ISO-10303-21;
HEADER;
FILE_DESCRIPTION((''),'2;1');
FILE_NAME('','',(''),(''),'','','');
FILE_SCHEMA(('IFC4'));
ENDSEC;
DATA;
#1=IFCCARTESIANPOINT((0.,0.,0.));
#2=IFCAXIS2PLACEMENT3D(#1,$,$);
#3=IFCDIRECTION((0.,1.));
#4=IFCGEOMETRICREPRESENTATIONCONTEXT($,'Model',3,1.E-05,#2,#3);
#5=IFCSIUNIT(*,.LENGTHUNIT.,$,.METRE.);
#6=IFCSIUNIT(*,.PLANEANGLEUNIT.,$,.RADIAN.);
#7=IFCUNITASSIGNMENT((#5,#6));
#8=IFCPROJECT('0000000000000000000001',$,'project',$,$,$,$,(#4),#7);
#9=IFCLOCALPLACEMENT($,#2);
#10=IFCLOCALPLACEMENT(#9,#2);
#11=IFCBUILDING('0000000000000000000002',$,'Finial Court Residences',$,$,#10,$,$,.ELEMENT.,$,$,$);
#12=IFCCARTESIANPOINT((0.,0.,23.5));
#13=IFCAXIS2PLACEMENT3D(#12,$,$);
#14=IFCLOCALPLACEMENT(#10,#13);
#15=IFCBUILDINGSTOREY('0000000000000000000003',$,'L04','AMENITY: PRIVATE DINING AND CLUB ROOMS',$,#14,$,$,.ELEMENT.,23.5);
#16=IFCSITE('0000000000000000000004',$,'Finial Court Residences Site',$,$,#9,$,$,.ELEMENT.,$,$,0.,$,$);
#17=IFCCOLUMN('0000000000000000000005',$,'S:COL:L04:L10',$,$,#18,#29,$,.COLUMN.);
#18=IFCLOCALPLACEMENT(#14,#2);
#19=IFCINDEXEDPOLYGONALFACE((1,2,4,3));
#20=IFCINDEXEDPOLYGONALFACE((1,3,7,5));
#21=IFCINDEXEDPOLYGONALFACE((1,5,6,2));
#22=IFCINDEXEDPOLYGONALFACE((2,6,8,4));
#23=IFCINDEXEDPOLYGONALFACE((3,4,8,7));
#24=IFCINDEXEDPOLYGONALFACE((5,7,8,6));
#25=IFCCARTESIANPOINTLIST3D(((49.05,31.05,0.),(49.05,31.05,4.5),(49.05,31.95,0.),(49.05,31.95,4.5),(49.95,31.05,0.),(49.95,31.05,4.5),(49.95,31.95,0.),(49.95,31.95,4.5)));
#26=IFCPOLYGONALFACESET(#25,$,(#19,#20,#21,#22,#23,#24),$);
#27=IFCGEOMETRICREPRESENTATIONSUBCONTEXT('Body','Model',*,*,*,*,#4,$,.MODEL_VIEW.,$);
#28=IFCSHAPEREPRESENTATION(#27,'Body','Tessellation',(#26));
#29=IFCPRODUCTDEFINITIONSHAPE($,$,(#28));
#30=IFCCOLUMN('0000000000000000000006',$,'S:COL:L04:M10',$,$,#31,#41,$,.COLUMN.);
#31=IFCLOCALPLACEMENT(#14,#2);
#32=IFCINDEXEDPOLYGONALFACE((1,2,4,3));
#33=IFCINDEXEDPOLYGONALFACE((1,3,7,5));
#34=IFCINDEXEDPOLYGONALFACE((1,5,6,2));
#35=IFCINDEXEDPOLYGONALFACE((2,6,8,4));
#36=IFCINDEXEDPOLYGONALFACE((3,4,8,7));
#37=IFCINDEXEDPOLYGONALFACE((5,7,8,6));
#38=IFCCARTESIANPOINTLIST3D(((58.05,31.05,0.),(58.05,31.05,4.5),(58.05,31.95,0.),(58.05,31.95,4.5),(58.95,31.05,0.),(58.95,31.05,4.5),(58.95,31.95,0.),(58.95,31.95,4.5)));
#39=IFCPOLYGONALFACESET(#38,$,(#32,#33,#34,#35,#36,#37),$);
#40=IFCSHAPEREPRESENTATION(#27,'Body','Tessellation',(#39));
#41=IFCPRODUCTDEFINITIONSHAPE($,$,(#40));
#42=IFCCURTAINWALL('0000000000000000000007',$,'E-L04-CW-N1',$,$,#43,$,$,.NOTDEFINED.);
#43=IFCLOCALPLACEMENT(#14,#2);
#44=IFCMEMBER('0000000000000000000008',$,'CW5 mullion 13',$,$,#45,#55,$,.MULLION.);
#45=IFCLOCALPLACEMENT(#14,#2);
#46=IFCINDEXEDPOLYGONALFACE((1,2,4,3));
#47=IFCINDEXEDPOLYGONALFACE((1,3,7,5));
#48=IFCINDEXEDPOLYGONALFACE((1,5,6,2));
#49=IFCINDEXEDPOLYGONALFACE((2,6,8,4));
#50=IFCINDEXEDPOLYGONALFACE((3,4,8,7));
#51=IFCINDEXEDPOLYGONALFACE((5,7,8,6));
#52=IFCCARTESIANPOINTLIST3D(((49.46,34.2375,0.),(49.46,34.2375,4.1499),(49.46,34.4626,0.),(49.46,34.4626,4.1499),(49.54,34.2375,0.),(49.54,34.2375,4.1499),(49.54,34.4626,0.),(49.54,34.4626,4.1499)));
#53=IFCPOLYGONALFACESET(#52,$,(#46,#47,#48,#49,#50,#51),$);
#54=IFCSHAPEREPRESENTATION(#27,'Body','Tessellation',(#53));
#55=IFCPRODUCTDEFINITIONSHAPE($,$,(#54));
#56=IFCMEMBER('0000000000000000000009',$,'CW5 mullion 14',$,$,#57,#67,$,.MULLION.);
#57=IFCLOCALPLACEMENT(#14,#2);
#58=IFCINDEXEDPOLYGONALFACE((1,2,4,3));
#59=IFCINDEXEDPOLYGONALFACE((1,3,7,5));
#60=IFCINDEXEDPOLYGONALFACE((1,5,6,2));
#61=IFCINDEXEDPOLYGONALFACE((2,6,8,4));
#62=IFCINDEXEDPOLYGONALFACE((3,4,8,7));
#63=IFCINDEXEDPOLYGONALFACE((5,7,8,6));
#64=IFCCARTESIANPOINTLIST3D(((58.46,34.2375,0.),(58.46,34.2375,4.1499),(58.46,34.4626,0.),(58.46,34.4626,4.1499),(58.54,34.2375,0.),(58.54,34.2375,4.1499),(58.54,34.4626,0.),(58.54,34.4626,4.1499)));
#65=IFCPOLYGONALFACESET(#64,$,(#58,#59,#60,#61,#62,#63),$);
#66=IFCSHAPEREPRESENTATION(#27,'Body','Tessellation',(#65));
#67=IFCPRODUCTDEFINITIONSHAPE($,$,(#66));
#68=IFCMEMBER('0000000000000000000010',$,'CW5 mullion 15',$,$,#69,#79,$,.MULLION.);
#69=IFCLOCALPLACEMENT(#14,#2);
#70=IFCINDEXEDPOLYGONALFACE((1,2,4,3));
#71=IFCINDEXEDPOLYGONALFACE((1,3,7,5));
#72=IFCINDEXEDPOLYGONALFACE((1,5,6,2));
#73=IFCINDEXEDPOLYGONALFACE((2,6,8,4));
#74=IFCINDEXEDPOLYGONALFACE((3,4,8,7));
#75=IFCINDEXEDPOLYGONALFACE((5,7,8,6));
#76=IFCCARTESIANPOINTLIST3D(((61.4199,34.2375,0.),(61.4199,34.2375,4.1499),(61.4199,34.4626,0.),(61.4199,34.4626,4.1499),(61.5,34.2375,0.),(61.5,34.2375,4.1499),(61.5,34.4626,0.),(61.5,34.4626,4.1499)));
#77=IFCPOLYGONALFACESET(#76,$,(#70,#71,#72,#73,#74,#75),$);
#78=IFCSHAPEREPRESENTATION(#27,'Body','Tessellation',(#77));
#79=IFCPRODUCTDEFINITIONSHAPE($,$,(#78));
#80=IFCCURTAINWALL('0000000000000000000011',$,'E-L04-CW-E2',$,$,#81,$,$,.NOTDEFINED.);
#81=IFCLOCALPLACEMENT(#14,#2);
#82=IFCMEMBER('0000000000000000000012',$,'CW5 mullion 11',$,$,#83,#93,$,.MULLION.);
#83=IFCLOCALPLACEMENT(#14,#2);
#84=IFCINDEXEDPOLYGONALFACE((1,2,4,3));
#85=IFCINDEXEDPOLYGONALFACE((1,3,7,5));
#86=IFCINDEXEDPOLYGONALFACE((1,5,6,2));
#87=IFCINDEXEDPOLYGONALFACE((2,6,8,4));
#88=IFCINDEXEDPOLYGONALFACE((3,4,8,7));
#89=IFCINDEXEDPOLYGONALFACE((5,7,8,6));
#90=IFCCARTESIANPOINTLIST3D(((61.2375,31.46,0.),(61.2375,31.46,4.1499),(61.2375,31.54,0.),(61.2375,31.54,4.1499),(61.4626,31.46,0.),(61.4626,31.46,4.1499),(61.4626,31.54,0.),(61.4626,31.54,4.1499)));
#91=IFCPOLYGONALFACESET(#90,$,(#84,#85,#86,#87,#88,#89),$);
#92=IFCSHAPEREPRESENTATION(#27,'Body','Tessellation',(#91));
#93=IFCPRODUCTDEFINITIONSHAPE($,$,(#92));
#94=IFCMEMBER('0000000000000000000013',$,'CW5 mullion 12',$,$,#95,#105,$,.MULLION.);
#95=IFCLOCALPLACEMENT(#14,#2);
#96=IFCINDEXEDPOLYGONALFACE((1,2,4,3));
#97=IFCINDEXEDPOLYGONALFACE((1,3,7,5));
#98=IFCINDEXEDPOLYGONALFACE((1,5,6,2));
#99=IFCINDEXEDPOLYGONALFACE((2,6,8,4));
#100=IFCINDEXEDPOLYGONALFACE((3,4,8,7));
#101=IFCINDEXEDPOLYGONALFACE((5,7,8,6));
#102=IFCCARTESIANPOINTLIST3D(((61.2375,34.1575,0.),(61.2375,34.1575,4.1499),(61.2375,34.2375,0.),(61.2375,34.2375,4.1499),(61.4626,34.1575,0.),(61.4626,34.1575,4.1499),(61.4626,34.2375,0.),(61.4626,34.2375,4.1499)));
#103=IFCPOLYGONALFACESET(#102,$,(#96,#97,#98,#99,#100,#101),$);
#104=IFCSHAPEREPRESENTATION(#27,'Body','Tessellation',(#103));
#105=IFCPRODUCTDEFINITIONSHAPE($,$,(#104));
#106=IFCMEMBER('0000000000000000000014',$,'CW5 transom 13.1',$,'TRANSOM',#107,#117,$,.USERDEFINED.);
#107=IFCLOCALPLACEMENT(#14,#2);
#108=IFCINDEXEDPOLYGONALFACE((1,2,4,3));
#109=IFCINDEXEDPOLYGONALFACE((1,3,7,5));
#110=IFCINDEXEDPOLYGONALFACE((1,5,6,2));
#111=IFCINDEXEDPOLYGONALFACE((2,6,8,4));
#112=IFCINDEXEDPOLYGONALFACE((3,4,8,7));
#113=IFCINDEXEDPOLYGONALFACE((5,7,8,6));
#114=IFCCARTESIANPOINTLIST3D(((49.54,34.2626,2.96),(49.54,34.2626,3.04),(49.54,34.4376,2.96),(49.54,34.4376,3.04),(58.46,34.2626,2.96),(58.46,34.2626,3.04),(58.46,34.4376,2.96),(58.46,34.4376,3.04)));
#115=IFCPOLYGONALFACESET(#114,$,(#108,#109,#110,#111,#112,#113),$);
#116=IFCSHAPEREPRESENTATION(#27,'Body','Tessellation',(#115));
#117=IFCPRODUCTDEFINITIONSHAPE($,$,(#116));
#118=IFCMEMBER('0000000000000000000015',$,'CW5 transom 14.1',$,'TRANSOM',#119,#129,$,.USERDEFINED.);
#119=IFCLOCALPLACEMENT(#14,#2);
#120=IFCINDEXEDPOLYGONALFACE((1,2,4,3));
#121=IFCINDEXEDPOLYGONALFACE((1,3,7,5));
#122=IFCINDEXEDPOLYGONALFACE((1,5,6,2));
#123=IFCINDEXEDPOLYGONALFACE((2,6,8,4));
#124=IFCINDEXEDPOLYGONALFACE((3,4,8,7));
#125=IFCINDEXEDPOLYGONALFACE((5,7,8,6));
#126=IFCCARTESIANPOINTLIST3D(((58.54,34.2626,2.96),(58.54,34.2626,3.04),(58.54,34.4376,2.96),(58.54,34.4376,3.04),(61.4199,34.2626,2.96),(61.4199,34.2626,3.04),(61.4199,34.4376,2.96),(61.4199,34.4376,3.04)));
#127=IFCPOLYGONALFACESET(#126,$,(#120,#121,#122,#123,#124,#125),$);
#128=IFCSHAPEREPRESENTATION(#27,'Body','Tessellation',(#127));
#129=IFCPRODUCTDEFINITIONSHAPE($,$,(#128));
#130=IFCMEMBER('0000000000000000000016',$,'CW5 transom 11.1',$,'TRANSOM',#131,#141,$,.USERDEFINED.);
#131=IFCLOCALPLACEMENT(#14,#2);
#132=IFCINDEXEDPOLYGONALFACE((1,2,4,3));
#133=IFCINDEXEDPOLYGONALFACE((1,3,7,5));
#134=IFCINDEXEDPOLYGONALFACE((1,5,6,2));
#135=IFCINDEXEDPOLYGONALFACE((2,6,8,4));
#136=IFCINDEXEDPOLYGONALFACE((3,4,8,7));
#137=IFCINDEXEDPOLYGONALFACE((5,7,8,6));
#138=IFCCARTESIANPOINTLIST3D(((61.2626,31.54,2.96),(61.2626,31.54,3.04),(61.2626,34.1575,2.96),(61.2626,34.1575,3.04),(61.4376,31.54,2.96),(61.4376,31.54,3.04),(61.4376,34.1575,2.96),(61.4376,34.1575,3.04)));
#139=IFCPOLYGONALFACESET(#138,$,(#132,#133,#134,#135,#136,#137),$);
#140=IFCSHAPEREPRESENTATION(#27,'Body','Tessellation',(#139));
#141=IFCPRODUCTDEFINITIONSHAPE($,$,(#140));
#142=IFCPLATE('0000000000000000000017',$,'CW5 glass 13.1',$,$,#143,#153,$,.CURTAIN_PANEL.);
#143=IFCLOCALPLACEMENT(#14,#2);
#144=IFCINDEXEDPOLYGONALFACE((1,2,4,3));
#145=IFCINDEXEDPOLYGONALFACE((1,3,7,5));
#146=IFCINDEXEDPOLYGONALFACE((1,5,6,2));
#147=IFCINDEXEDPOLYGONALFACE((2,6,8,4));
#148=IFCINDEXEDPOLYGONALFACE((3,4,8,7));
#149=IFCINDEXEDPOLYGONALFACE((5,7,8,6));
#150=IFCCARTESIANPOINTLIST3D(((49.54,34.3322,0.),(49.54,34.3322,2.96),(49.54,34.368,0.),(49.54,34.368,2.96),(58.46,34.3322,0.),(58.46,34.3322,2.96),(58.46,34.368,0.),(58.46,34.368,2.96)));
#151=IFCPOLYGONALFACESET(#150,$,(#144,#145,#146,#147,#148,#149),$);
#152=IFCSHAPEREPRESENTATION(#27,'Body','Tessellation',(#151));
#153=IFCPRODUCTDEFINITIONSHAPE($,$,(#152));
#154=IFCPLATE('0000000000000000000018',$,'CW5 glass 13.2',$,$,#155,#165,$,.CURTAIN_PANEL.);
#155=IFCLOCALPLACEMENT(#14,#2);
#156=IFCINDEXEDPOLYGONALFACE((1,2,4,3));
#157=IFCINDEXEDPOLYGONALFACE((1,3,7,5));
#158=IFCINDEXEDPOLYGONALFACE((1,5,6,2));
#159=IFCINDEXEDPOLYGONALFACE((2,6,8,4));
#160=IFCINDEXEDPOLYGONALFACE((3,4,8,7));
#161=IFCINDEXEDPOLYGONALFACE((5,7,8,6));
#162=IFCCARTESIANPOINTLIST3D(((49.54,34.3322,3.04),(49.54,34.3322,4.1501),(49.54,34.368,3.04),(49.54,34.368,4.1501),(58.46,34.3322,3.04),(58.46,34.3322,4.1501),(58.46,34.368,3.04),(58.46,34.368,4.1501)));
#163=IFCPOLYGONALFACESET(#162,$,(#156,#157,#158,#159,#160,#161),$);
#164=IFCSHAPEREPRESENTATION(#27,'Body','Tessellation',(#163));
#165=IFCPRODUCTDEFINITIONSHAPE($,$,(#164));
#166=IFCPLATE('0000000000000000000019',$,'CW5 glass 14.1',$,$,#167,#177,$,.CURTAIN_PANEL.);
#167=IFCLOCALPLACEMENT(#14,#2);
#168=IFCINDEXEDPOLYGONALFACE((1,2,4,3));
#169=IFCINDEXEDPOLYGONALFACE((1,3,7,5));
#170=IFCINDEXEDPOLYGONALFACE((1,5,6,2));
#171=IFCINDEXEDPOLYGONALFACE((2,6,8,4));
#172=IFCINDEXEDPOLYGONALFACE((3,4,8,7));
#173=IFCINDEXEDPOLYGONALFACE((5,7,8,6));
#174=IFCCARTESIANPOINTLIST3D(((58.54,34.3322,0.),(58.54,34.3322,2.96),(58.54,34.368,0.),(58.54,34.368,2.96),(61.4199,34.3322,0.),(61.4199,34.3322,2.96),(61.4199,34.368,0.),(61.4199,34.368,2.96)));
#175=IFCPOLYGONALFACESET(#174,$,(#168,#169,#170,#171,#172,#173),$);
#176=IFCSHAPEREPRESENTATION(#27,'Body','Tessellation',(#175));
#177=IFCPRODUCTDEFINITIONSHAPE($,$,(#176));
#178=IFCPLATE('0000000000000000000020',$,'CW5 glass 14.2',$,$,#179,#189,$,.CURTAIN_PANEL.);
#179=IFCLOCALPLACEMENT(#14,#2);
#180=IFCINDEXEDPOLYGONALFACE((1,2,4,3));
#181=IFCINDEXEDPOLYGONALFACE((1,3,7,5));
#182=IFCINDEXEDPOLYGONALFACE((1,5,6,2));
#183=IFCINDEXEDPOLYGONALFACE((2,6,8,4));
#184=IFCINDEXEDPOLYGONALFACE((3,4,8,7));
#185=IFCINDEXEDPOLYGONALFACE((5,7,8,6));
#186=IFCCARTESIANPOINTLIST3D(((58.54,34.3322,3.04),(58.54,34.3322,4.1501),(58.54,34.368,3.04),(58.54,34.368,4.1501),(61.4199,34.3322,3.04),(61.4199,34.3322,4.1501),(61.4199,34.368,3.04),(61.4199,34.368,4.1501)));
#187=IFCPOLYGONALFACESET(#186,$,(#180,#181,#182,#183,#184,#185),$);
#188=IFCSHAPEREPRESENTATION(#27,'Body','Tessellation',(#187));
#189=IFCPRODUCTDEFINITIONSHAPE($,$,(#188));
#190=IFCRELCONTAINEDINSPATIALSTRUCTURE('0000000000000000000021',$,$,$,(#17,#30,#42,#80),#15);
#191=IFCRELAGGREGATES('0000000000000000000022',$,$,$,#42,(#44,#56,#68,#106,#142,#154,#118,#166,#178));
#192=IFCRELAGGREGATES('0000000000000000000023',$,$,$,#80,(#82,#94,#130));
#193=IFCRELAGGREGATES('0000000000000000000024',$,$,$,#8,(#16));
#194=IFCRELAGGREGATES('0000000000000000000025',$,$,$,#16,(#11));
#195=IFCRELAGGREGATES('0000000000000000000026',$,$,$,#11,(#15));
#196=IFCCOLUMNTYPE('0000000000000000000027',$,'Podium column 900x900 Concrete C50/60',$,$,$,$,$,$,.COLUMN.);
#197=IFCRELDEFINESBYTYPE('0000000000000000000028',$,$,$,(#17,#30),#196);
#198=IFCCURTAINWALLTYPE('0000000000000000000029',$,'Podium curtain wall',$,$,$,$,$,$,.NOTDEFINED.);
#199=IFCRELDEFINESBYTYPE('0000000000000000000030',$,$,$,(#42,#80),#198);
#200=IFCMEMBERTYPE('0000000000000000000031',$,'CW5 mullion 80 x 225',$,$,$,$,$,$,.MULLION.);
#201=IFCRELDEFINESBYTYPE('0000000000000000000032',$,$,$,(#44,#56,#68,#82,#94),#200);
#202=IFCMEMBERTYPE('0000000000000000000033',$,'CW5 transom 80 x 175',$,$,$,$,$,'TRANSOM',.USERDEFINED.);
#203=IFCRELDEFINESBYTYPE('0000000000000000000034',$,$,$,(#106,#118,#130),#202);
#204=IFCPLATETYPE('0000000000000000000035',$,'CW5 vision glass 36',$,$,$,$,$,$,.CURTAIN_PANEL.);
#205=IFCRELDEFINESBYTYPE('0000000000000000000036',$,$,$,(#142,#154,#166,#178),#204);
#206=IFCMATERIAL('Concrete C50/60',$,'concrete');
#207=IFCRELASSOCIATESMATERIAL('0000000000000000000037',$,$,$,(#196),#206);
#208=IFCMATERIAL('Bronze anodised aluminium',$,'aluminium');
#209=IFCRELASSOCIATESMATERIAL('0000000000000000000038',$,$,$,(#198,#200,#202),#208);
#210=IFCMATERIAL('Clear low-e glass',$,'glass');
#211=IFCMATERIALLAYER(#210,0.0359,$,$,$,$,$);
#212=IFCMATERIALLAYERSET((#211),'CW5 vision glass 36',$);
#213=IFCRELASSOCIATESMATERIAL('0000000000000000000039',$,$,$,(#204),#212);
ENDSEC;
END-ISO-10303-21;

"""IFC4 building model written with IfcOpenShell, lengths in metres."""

from ifc_helpers import new_model, si_unit, direction, frame, origin, origin_2d, place, context, subcontext, project, spatial, rectangle, extrude, material, layer, layer_set, material_profile, profile_set, type_object, element, aggregate, save


model = new_model("IFC4")

# Units and contexts
model_context = context("Model", 3, precision=1e-05, world=origin(), true_north=direction((0.0, 1.0)))
body_context = subcontext(model_context, "Body", "Model", "MODEL_VIEW")
ifc_project = project(units=[si_unit("LENGTHUNIT", "METRE"), si_unit("PLANEANGLEUNIT", "RADIAN")], contexts=[model_context])

# Site, building, storey
site_placement = place(None, origin())
site = spatial("IfcSite", under=ifc_project, at=site_placement, Name="Finial Court Residences Site", CompositionType="ELEMENT", RefElevation=0.0)
building_placement = place(site_placement, origin())
building = spatial("IfcBuilding", under=site, at=building_placement, Name="Finial Court Residences", CompositionType="ELEMENT")
storey_placement = place(building_placement, frame((0.0, 0.0, 23.5)))
storey = spatial("IfcBuildingStorey", under=building, at=storey_placement, Name="L04", Description="AMENITY: PRIVATE DINING AND CLUB ROOMS", CompositionType="ELEMENT", Elevation=23.5)

# Columns
ifc_material_1 = material(Name="Concrete C50/60", Category="concrete")
ifc_material_profile_1 = material_profile(ifc_material_1, rectangle(XDim=0.8999, YDim=0.8999, at=origin_2d()), Name="900x900")
ifc_profile_set_1 = profile_set([ifc_material_profile_1], Name="Concrete C50/60")
column_type = type_object("IfcColumnType", Name="Podium column 900x900 Concrete C50/60", PredefinedType="COLUMN", material=ifc_profile_set_1)
for number, where, z_axis, x_axis, name in (
    (1, (49.5, 31.5, 0.0), (0.0, 0.0, 1.0), (1.0, 0.0, 0.0), "S:COL:L04:L10"),
    (2, (58.5, 31.5, 0.0), (0.0, 0.0, 1.0), (1.0, 0.0, 0.0), "S:COL:L04:M10"),
):
    element("IfcColumn", number, at=place(storey_placement, frame(where, z_axis=z_axis, x_axis=x_axis)), inside=storey, type_object=column_type, Name=name, PredefinedType="COLUMN", context=body_context, shape_type="SweptSolid", body=[
        extrude(rectangle(XDim=0.8999, YDim=0.8999, at=origin_2d()), origin(), (0.0, 0.0, 1.0), 4.5),
    ])

# Curtain walls, members
ifc_material_2 = material(Name="Bronze anodised aluminium", Category="aluminium")
curtain_wall_type = type_object("IfcCurtainWallType", Name="Podium curtain wall", PredefinedType="NOTDEFINED", material=ifc_material_2)
curtain_wall_1_placement = place(storey_placement, origin())
curtain_wall_1 = element("IfcCurtainWall", 3, at=curtain_wall_1_placement, inside=storey, type_object=curtain_wall_type, Name="E-L04-CW-N1", PredefinedType="NOTDEFINED")
ifc_material_profile_2 = material_profile(ifc_material_2, rectangle(XDim=0.2251, YDim=0.0801, at=origin_2d()), Name="CW5 mullion 80 x 225")
ifc_profile_set_2 = profile_set([ifc_material_profile_2], Name="Bronze anodised aluminium")
member_type_1 = type_object("IfcMemberType", Name="CW5 mullion 80 x 225", PredefinedType="MULLION", material=ifc_profile_set_2)
member_1_placement = place(storey_placement, frame((49.5, 34.3501, 0.0), z_axis=(0.0, 0.0, 1.0), x_axis=(0.0, 1.0, 0.0)))
member_1 = element("IfcMember", 4, at=member_1_placement, type_object=member_type_1, Name="CW5 mullion 13", PredefinedType="MULLION", context=body_context, shape_type="SweptSolid", body=[
    extrude(rectangle(XDim=0.2251, YDim=0.0801, at=origin_2d()), origin(), (0.0, 0.0, 1.0), 4.1499),
])
member_2_placement = place(storey_placement, frame((58.5, 34.3501, 0.0), z_axis=(0.0, 0.0, 1.0), x_axis=(0.0, 1.0, 0.0)))
member_2 = element("IfcMember", 5, at=member_2_placement, type_object=member_type_1, Name="CW5 mullion 14", PredefinedType="MULLION", context=body_context, shape_type="SweptSolid", body=[
    extrude(rectangle(XDim=0.2251, YDim=0.0801, at=origin_2d()), origin(), (0.0, 0.0, 1.0), 4.1499),
])
member_3_placement = place(storey_placement, frame((61.46, 34.3501, 0.0), z_axis=(0.0, 0.0, 1.0), x_axis=(0.0, 1.0, 0.0)))
member_3 = element("IfcMember", 6, at=member_3_placement, type_object=member_type_1, Name="CW5 mullion 15", PredefinedType="MULLION", context=body_context, shape_type="SweptSolid", body=[
    extrude(rectangle(XDim=0.2251, YDim=0.0801, at=origin_2d()), origin(), (0.0, 0.0, 1.0), 4.1499),
])
curtain_wall_2_placement = place(storey_placement, origin())
curtain_wall_2 = element("IfcCurtainWall", 7, at=curtain_wall_2_placement, inside=storey, type_object=curtain_wall_type, Name="E-L04-CW-E2", PredefinedType="NOTDEFINED")
member_4_placement = place(storey_placement, frame((61.3501, 31.5, 0.0), z_axis=(0.0, 0.0, 1.0), x_axis=(-1.0, 0.0, 0.0)))
member_4 = element("IfcMember", 8, at=member_4_placement, type_object=member_type_1, Name="CW5 mullion 11", PredefinedType="MULLION", context=body_context, shape_type="SweptSolid", body=[
    extrude(rectangle(XDim=0.2251, YDim=0.0801, at=origin_2d()), origin(), (0.0, 0.0, 1.0), 4.1499),
])
member_5_placement = place(storey_placement, frame((61.3501, 34.1975, 0.0), z_axis=(0.0, 0.0, 1.0), x_axis=(-1.0, 0.0, 0.0)))
member_5 = element("IfcMember", 9, at=member_5_placement, type_object=member_type_1, Name="CW5 mullion 12", PredefinedType="MULLION", context=body_context, shape_type="SweptSolid", body=[
    extrude(rectangle(XDim=0.2251, YDim=0.0801, at=origin_2d()), origin(), (0.0, 0.0, 1.0), 4.1499),
])

# Members
ifc_material_profile_3 = material_profile(ifc_material_2, rectangle(XDim=0.175, YDim=0.0801, at=origin_2d()), Name="CW5 transom 80 x 175")
ifc_profile_set_3 = profile_set([ifc_material_profile_3], Name="Bronze anodised aluminium")
member_type_2 = type_object("IfcMemberType", Name="CW5 transom 80 x 175", ElementType="TRANSOM", PredefinedType="USERDEFINED", material=ifc_profile_set_3)
member_6_placement = place(storey_placement, frame((49.54, 34.3501, 3.0), z_axis=(1.0, 0.0, 0.0), x_axis=(0.0, 1.0, 0.0)))
member_6 = element("IfcMember", 10, at=member_6_placement, type_object=member_type_2, Name="CW5 transom 13.1", ObjectType="TRANSOM", PredefinedType="USERDEFINED", context=body_context, shape_type="SweptSolid", body=[
    extrude(rectangle(XDim=0.175, YDim=0.0801, at=origin_2d()), origin(), (0.0, 0.0, 1.0), 8.9199),
])
member_7_placement = place(storey_placement, frame((58.54, 34.3501, 3.0), z_axis=(1.0, 0.0, 0.0), x_axis=(0.0, 1.0, 0.0)))
member_7 = element("IfcMember", 11, at=member_7_placement, type_object=member_type_2, Name="CW5 transom 14.1", ObjectType="TRANSOM", PredefinedType="USERDEFINED", context=body_context, shape_type="SweptSolid", body=[
    extrude(rectangle(XDim=0.175, YDim=0.0801, at=origin_2d()), origin(), (0.0, 0.0, 1.0), 2.8799),
])
member_8_placement = place(storey_placement, frame((61.3501, 31.54, 3.0), z_axis=(0.0, 1.0, 0.0), x_axis=(-1.0, 0.0, 0.0)))
member_8 = element("IfcMember", 12, at=member_8_placement, type_object=member_type_2, Name="CW5 transom 11.1", ObjectType="TRANSOM", PredefinedType="USERDEFINED", context=body_context, shape_type="SweptSolid", body=[
    extrude(rectangle(XDim=0.175, YDim=0.0801, at=origin_2d()), origin(), (0.0, 0.0, 1.0), 2.6174),
])

# Plates
ifc_material_3 = material(Name="Clear low-e glass", Category="glass")
ifc_layer_1 = layer(ifc_material_3, 0.0359)
ifc_layer_set_1 = layer_set([ifc_layer_1], Name="CW5 vision glass 36")
plate_type = type_object("IfcPlateType", Name="CW5 vision glass 36", PredefinedType="CURTAIN_PANEL", material=ifc_layer_set_1)
plate_1_placement = place(storey_placement, frame((54.0, 34.3501, 0.0), z_axis=(0.0, 0.0, 1.0), x_axis=(1.0, 0.0, 0.0)))
plate_1 = element("IfcPlate", 13, at=plate_1_placement, type_object=plate_type, Name="CW5 glass 13.1", PredefinedType="CURTAIN_PANEL", context=body_context, shape_type="SweptSolid", body=[
    extrude(rectangle(XDim=8.9199, YDim=0.0359, at=origin_2d()), origin(), (0.0, 0.0, 1.0), 2.96),
])
plate_2_placement = place(storey_placement, frame((54.0, 34.3501, 3.04), z_axis=(0.0, 0.0, 1.0), x_axis=(1.0, 0.0, 0.0)))
plate_2 = element("IfcPlate", 14, at=plate_2_placement, type_object=plate_type, Name="CW5 glass 13.2", PredefinedType="CURTAIN_PANEL", context=body_context, shape_type="SweptSolid", body=[
    extrude(rectangle(XDim=8.9199, YDim=0.0359, at=origin_2d()), origin(), (0.0, 0.0, 1.0), 1.1101),
])
plate_3_placement = place(storey_placement, frame((59.98, 34.3501, 0.0), z_axis=(0.0, 0.0, 1.0), x_axis=(1.0, 0.0, 0.0)))
plate_3 = element("IfcPlate", 15, at=plate_3_placement, type_object=plate_type, Name="CW5 glass 14.1", PredefinedType="CURTAIN_PANEL", context=body_context, shape_type="SweptSolid", body=[
    extrude(rectangle(XDim=2.8799, YDim=0.0359, at=origin_2d()), origin(), (0.0, 0.0, 1.0), 2.96),
])
plate_4_placement = place(storey_placement, frame((59.98, 34.3501, 3.04), z_axis=(0.0, 0.0, 1.0), x_axis=(1.0, 0.0, 0.0)))
plate_4 = element("IfcPlate", 16, at=plate_4_placement, type_object=plate_type, Name="CW5 glass 14.2", PredefinedType="CURTAIN_PANEL", context=body_context, shape_type="SweptSolid", body=[
    extrude(rectangle(XDim=2.8799, YDim=0.0359, at=origin_2d()), origin(), (0.0, 0.0, 1.0), 1.1101),
])
aggregate(curtain_wall_1, [member_1, member_2, member_3, member_6, plate_1, plate_2, member_7, plate_3, plate_4])
aggregate(curtain_wall_2, [member_4, member_5, member_8])

save(model, "model.ifc")
